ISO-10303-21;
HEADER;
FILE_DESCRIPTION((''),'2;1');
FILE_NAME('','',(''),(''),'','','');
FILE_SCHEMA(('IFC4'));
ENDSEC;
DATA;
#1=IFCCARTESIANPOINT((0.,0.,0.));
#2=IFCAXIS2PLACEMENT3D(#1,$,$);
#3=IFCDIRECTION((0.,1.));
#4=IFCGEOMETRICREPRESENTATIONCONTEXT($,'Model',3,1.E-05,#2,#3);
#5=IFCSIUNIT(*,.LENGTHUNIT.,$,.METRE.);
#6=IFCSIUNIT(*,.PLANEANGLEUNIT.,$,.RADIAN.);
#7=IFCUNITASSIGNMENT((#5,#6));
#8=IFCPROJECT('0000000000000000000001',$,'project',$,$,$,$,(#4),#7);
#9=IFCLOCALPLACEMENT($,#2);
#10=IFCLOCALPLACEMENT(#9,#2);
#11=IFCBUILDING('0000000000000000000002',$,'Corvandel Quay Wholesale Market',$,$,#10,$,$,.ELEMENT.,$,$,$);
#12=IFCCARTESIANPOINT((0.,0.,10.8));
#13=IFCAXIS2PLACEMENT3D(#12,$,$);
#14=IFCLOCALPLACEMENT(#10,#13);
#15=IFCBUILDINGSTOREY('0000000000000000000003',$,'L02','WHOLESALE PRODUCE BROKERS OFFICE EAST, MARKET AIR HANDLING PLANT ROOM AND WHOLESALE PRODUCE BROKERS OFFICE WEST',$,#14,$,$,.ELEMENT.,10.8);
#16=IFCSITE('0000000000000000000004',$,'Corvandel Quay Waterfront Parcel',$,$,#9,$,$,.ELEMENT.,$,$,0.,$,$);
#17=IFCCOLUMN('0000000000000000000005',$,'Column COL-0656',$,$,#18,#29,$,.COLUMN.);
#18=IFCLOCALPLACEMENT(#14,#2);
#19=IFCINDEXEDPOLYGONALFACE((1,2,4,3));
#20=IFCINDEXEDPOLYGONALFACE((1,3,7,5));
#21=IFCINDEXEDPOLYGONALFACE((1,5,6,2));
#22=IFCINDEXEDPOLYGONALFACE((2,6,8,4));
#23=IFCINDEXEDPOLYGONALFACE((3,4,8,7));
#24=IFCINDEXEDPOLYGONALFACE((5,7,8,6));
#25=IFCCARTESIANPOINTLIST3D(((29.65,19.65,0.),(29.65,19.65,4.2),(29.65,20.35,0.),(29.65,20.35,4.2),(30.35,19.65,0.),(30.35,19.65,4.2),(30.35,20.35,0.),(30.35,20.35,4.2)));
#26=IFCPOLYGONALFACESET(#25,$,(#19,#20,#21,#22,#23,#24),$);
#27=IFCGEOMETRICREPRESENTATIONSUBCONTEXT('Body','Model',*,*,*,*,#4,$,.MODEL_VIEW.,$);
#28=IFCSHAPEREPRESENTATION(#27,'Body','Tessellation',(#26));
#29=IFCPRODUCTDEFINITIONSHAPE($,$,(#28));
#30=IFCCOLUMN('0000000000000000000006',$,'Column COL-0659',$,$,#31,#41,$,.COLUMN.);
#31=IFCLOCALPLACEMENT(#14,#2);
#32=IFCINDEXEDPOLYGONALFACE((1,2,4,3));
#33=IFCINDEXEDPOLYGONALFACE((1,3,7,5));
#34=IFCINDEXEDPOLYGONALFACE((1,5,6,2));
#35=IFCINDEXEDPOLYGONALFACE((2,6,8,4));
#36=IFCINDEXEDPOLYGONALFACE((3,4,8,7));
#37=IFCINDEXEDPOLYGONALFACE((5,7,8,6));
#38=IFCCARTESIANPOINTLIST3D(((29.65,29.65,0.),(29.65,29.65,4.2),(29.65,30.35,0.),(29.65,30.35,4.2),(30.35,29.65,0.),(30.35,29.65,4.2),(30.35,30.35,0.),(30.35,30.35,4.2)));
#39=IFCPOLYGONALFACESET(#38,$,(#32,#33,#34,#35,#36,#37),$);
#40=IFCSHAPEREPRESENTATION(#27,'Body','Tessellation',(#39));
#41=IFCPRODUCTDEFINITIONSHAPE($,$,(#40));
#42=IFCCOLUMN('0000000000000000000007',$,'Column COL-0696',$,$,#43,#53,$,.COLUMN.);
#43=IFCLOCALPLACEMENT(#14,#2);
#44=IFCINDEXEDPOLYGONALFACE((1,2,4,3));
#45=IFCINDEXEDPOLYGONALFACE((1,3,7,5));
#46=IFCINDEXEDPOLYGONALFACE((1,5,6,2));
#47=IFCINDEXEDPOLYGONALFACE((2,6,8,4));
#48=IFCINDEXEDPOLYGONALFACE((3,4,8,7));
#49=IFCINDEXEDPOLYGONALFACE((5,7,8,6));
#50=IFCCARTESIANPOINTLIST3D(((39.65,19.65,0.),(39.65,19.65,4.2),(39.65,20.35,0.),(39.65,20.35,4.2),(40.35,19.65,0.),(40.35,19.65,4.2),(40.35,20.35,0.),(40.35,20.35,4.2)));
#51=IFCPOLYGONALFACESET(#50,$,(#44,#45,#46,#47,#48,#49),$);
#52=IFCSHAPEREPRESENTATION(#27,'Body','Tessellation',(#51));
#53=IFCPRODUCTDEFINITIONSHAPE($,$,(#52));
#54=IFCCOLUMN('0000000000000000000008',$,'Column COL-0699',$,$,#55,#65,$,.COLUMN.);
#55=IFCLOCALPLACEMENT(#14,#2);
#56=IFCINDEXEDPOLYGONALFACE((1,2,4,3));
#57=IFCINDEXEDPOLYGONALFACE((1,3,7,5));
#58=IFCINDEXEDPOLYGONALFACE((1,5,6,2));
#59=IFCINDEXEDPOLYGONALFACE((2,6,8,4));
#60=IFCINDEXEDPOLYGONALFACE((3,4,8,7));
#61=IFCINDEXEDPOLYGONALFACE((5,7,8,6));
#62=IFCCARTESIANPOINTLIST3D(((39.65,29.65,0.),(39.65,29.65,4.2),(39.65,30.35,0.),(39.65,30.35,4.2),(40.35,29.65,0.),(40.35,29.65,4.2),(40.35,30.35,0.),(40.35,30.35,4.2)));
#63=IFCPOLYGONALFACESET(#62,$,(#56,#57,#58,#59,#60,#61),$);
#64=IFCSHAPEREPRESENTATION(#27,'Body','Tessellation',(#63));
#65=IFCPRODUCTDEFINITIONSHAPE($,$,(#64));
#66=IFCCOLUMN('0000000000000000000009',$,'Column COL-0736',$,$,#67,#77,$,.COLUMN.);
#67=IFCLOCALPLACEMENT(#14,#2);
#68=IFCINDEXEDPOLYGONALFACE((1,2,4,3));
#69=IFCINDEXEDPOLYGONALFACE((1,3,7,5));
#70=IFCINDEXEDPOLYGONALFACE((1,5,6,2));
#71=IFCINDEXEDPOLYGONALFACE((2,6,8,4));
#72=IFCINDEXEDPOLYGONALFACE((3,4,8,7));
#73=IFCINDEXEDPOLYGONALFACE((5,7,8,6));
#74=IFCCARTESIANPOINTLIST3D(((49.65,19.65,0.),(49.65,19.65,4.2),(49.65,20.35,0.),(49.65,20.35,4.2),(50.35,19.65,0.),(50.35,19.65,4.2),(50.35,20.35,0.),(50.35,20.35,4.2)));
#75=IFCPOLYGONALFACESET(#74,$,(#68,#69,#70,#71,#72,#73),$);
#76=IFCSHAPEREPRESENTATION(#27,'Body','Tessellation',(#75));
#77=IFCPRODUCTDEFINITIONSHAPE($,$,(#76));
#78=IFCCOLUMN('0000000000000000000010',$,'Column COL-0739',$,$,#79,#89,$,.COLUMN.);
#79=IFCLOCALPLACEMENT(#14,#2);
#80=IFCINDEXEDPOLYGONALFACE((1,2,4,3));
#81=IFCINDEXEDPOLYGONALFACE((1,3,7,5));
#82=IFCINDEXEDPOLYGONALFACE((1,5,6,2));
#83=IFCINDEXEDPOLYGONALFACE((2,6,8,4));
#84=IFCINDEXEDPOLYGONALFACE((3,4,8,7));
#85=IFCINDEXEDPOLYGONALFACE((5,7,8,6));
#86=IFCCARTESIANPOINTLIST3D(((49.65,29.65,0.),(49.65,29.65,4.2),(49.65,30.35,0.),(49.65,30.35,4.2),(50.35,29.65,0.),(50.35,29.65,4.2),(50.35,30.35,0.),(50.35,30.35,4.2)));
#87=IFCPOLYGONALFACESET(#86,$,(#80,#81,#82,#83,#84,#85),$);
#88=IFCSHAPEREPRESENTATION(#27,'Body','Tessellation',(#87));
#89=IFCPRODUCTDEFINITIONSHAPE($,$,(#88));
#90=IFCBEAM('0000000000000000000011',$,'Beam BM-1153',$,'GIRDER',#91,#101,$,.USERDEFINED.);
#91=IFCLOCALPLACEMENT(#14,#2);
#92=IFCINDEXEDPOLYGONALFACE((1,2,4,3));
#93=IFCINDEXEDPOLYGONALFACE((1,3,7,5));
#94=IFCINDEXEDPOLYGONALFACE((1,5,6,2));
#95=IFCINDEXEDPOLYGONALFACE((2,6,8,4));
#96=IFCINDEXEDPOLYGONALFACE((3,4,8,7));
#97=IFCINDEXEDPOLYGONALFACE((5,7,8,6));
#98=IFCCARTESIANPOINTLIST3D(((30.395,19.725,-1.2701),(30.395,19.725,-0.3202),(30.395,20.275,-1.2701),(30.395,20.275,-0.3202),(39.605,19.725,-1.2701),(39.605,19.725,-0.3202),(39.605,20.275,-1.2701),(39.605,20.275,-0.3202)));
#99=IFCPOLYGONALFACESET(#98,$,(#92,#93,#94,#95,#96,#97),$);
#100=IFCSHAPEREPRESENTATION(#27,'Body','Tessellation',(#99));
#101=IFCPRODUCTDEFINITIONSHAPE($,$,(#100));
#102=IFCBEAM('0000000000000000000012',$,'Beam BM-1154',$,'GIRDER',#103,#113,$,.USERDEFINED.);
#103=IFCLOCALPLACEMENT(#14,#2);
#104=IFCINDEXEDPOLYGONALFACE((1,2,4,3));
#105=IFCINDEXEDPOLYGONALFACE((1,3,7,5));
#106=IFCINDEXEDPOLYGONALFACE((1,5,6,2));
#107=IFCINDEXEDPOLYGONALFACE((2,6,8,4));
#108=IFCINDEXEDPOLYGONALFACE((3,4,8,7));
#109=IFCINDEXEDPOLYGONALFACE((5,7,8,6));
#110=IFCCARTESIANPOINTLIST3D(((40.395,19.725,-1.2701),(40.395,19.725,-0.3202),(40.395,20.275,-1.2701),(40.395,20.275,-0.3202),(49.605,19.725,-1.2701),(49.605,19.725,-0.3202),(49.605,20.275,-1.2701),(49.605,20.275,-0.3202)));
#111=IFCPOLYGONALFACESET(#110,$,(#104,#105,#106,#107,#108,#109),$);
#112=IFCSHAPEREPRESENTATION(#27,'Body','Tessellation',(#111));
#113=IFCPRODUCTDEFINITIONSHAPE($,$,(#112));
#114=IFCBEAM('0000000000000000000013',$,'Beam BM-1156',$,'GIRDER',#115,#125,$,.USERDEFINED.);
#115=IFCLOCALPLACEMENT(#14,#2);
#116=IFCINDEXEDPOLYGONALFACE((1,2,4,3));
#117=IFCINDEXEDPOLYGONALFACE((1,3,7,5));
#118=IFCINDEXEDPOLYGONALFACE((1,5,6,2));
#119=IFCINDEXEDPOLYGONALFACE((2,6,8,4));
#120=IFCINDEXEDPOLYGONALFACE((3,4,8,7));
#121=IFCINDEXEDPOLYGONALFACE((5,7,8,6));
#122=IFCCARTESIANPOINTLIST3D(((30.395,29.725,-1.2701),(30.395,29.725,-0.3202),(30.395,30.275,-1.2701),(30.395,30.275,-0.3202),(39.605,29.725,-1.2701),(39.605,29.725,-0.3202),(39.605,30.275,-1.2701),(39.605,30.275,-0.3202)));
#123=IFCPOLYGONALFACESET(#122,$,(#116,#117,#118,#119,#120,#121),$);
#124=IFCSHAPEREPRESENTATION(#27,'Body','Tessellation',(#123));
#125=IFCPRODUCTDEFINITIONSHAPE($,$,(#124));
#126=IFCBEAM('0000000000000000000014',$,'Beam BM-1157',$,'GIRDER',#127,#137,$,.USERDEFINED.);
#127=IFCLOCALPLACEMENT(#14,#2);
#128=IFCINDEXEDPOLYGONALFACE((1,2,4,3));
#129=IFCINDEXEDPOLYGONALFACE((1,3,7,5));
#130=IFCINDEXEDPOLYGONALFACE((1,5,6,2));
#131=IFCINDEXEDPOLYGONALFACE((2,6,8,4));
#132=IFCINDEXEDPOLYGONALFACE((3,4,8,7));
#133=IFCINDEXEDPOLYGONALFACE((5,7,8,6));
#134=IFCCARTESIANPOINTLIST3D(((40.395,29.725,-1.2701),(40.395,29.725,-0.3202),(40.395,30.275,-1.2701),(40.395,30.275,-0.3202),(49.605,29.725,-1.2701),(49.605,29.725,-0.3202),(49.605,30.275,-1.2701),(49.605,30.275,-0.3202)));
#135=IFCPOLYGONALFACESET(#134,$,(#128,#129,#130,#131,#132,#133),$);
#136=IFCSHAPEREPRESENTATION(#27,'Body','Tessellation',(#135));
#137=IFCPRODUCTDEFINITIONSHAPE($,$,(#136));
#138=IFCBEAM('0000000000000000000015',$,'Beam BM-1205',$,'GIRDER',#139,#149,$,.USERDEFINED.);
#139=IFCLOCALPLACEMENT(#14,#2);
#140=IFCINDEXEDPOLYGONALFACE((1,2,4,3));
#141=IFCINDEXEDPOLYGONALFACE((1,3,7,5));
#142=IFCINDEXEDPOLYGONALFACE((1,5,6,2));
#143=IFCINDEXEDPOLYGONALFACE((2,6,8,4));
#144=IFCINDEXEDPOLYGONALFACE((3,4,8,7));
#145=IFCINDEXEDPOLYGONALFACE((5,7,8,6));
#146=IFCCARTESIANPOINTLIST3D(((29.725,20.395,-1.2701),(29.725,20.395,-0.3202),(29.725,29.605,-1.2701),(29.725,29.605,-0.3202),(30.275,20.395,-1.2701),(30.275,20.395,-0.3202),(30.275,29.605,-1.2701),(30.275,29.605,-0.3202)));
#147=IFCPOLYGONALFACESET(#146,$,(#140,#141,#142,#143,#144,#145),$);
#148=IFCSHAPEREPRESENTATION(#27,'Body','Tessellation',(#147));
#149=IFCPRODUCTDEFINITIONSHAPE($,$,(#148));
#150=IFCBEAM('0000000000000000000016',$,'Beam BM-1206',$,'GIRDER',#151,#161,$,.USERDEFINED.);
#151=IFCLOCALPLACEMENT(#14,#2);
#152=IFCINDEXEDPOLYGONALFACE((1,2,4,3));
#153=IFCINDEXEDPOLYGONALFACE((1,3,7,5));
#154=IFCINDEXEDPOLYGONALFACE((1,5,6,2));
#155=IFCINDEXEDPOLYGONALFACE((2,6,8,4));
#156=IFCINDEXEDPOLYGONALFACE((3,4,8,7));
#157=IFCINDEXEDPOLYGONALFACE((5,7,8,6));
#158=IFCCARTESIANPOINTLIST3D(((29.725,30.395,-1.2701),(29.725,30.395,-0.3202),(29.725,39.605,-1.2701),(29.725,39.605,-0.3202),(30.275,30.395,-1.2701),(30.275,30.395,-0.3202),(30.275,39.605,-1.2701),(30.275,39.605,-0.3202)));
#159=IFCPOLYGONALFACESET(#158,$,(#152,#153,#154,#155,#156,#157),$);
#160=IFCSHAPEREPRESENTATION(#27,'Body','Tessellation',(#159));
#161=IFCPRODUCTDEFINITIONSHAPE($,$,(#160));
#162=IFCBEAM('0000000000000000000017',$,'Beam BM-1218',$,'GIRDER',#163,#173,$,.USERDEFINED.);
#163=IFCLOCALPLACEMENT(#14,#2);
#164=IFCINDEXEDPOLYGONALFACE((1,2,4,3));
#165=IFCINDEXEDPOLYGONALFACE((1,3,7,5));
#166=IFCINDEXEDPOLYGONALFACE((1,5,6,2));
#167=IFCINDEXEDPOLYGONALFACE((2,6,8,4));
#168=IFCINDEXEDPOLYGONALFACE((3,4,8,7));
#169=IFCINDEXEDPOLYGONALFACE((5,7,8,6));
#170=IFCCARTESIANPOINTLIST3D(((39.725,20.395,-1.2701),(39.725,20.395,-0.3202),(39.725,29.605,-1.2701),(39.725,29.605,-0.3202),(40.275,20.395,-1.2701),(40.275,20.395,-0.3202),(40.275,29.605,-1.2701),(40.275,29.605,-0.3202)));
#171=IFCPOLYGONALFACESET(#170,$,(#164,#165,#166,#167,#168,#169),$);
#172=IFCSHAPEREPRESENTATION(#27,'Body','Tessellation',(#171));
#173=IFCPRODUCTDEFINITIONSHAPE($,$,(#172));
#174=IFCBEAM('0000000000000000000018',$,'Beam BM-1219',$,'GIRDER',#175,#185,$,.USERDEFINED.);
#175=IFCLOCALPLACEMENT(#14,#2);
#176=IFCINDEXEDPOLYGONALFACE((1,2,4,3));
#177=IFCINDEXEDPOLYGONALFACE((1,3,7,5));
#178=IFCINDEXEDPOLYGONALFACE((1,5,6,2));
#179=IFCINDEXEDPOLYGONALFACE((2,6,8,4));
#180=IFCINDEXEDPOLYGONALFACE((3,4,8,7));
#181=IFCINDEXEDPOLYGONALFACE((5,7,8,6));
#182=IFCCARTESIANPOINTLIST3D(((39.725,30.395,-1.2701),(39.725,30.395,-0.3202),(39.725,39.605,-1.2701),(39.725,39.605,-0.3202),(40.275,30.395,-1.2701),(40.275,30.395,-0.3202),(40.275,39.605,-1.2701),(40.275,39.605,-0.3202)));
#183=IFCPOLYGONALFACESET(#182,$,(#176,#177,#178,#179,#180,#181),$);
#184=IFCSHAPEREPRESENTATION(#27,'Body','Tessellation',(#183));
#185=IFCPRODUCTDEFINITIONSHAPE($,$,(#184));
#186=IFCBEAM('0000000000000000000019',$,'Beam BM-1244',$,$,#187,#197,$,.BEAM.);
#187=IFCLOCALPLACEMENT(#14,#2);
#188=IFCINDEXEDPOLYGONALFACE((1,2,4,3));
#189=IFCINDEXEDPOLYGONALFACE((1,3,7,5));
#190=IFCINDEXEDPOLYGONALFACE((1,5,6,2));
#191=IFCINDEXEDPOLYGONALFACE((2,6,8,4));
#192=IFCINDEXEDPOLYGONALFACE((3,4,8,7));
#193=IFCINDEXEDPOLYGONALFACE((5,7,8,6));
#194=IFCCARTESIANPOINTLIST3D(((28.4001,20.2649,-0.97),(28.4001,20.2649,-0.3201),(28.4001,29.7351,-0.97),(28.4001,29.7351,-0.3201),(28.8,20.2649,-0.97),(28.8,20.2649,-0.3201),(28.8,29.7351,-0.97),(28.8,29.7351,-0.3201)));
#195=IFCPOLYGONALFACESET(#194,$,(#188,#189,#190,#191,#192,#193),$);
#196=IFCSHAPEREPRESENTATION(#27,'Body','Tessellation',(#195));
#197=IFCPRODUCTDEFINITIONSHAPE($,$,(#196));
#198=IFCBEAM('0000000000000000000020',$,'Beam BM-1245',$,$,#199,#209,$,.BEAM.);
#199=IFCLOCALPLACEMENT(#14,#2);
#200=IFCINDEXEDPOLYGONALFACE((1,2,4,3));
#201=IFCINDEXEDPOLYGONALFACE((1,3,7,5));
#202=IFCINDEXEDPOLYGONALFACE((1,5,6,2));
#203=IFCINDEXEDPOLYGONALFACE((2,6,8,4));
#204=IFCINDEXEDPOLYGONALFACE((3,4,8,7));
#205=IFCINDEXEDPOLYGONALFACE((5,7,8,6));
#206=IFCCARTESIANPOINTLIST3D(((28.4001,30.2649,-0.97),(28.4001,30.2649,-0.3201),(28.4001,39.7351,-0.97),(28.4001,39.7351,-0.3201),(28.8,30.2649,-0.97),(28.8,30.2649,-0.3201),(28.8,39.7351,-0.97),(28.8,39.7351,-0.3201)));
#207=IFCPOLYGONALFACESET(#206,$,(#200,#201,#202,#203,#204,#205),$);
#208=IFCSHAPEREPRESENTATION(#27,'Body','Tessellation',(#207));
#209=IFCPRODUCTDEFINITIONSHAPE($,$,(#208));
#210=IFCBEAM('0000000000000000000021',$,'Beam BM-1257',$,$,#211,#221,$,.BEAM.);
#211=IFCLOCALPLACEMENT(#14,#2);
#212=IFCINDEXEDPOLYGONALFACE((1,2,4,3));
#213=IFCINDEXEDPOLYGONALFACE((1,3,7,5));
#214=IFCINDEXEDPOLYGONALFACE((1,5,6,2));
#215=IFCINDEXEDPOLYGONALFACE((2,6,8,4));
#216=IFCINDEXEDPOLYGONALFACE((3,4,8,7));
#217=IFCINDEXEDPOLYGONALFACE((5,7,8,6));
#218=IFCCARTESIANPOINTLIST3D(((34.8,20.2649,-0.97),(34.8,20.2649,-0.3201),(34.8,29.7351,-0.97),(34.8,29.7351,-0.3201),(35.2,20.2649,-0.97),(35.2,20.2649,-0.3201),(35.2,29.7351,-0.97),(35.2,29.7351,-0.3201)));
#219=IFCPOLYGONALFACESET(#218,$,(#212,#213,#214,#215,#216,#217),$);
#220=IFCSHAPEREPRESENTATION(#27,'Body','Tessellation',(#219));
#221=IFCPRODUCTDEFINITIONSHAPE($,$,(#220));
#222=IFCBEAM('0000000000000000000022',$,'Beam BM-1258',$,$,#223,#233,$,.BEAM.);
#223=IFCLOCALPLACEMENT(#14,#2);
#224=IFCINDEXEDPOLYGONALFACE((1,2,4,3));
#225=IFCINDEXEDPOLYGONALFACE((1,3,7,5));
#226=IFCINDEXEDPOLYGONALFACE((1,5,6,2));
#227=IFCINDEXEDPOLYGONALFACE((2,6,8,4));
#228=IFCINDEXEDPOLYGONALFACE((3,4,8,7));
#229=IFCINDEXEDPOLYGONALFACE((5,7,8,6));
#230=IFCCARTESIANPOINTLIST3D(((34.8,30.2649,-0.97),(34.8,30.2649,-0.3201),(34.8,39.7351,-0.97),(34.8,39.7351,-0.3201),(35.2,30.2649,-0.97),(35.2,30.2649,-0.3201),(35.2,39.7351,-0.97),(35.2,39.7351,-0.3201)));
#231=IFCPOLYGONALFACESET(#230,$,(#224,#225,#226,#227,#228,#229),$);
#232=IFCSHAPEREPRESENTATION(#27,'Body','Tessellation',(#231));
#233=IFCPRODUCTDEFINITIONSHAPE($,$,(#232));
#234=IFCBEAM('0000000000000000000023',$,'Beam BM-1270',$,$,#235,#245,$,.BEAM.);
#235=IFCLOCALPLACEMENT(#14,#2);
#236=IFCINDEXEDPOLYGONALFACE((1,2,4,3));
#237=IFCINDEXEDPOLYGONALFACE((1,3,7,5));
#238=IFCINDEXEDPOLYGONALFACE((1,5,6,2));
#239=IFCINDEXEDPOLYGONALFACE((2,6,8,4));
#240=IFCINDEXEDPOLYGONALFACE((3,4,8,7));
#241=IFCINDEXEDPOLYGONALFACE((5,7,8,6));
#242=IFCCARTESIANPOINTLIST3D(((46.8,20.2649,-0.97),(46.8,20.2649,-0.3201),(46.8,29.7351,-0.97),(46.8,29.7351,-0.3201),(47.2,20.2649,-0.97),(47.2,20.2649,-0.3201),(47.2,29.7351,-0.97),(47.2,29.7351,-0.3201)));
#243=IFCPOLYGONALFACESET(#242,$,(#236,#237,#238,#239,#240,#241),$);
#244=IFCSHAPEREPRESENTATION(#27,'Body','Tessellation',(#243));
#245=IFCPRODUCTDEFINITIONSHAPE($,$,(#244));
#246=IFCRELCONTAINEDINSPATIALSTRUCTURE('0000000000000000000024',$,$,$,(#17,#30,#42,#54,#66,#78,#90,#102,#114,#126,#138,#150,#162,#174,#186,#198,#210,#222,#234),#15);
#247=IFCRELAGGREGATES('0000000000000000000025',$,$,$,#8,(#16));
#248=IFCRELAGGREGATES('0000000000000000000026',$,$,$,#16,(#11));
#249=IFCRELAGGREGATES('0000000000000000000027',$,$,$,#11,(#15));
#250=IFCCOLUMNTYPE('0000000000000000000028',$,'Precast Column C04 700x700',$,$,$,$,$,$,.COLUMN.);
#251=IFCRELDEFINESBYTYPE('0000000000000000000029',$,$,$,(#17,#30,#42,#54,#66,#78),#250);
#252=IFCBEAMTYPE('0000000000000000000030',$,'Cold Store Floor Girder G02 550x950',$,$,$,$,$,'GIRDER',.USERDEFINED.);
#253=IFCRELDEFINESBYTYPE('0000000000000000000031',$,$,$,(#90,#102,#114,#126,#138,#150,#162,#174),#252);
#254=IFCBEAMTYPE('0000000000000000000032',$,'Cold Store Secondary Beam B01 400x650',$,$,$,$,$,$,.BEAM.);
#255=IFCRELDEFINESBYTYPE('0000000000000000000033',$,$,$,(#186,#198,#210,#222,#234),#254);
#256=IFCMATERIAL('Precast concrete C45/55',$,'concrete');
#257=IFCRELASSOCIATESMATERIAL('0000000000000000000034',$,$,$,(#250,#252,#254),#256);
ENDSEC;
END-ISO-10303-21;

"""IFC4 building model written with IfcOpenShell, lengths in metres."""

from ifc_helpers import new_model, si_unit, direction, frame, origin, origin_2d, place, context, subcontext, project, spatial, rectangle, extrude, material, material_profile, profile_set, type_object, element, save


model = new_model("IFC4")

# Units and contexts
model_context = context("Model", 3, precision=1e-05, world=origin(), true_north=direction((0.0, 1.0)))
body_context = subcontext(model_context, "Body", "Model", "MODEL_VIEW")
ifc_project = project(units=[si_unit("LENGTHUNIT", "METRE"), si_unit("PLANEANGLEUNIT", "RADIAN")], contexts=[model_context])

# Site, building, storey
site_placement = place(None, origin())
site = spatial("IfcSite", under=ifc_project, at=site_placement, Name="Corvandel Quay Waterfront Parcel", CompositionType="ELEMENT", RefElevation=0.0)
building_placement = place(site_placement, origin())
building = spatial("IfcBuilding", under=site, at=building_placement, Name="Corvandel Quay Wholesale Market", CompositionType="ELEMENT")
storey_placement = place(building_placement, frame((0.0, 0.0, 10.8)))
storey = spatial("IfcBuildingStorey", under=building, at=storey_placement, Name="L02", Description="WHOLESALE PRODUCE BROKERS OFFICE EAST, MARKET AIR HANDLING PLANT ROOM AND WHOLESALE PRODUCE BROKERS OFFICE WEST", CompositionType="ELEMENT", Elevation=10.8)

# Columns
ifc_material_1 = material(Name="Precast concrete C45/55", Category="concrete")
ifc_material_profile_1 = material_profile(ifc_material_1, rectangle(XDim=0.7, YDim=0.7, at=origin_2d()), Name="PC-COL-700x700")
ifc_profile_set_1 = profile_set([ifc_material_profile_1], Name="Precast concrete C45/55")
column_type = type_object("IfcColumnType", Name="Precast Column C04 700x700", PredefinedType="COLUMN", material=ifc_profile_set_1)
for number, where, z_axis, x_axis, name in (
    (1, (30.0, 20.0, 0.0), (0.0, 0.0, 1.0), (1.0, 0.0, 0.0), "Column COL-0656"),
    (2, (30.0, 30.0, 0.0), (0.0, 0.0, 1.0), (1.0, 0.0, 0.0), "Column COL-0659"),
    (3, (40.0, 20.0, 0.0), (0.0, 0.0, 1.0), (1.0, 0.0, 0.0), "Column COL-0696"),
    (4, (40.0, 30.0, 0.0), (0.0, 0.0, 1.0), (1.0, 0.0, 0.0), "Column COL-0699"),
    (5, (50.0, 20.0, 0.0), (0.0, 0.0, 1.0), (1.0, 0.0, 0.0), "Column COL-0736"),
    (6, (50.0, 30.0, 0.0), (0.0, 0.0, 1.0), (1.0, 0.0, 0.0), "Column COL-0739"),
):
    element("IfcColumn", number, at=place(storey_placement, frame(where, z_axis=z_axis, x_axis=x_axis)), inside=storey, type_object=column_type, Name=name, PredefinedType="COLUMN", context=body_context, shape_type="SweptSolid", body=[
        extrude(rectangle(XDim=0.7, YDim=0.7, at=origin_2d()), origin(), (0.0, 0.0, 1.0), 4.2),
    ])

# Beams
ifc_material_profile_2 = material_profile(ifc_material_1, rectangle(XDim=0.55, YDim=0.95, at=origin_2d()), Name="PC-GIR-550x950")
ifc_profile_set_2 = profile_set([ifc_material_profile_2], Name="Precast concrete C45/55")
beam_type_1 = type_object("IfcBeamType", Name="Cold Store Floor Girder G02 550x950", ElementType="GIRDER", PredefinedType="USERDEFINED", material=ifc_profile_set_2)
for number, where, z_axis, x_axis, name in (
    (7, (30.395, 20.0, -0.7952), (1.0, 0.0, 0.0), (0.0, 1.0, 0.0), "Beam BM-1153"),
    (8, (40.395, 20.0, -0.7952), (1.0, 0.0, 0.0), (0.0, 1.0, 0.0), "Beam BM-1154"),
    (9, (30.395, 30.0, -0.7952), (1.0, 0.0, 0.0), (0.0, 1.0, 0.0), "Beam BM-1156"),
    (10, (40.395, 30.0, -0.7952), (1.0, 0.0, 0.0), (0.0, 1.0, 0.0), "Beam BM-1157"),
    (11, (30.0, 20.395, -0.7952), (0.0, 1.0, 0.0), (-1.0, 0.0, 0.0), "Beam BM-1205"),
    (12, (30.0, 30.395, -0.7952), (0.0, 1.0, 0.0), (-1.0, 0.0, 0.0), "Beam BM-1206"),
    (13, (40.0, 20.395, -0.7952), (0.0, 1.0, 0.0), (-1.0, 0.0, 0.0), "Beam BM-1218"),
    (14, (40.0, 30.395, -0.7952), (0.0, 1.0, 0.0), (-1.0, 0.0, 0.0), "Beam BM-1219"),
):
    element("IfcBeam", number, at=place(storey_placement, frame(where, z_axis=z_axis, x_axis=x_axis)), inside=storey, type_object=beam_type_1, Name=name, ObjectType="GIRDER", PredefinedType="USERDEFINED", context=body_context, shape_type="SweptSolid", body=[
        extrude(rectangle(XDim=0.55, YDim=0.95, at=origin_2d()), origin(), (0.0, 0.0, 1.0), 9.21),
    ])
ifc_material_profile_3 = material_profile(ifc_material_1, rectangle(XDim=0.3999, YDim=0.6499, at=origin_2d()), Name="PC-BM-400x650")
ifc_profile_set_3 = profile_set([ifc_material_profile_3], Name="Precast concrete C45/55")
beam_type_2 = type_object("IfcBeamType", Name="Cold Store Secondary Beam B01 400x650", PredefinedType="BEAM", material=ifc_profile_set_3)
for number, where, z_axis, x_axis, name in (
    (15, (28.6001, 20.2649, -0.645), (0.0, 1.0, 0.0), (-1.0, 0.0, 0.0), "Beam BM-1244"),
    (16, (28.6001, 30.2649, -0.645), (0.0, 1.0, 0.0), (-1.0, 0.0, 0.0), "Beam BM-1245"),
    (17, (35.0, 20.2649, -0.645), (0.0, 1.0, 0.0), (-1.0, 0.0, 0.0), "Beam BM-1257"),
    (18, (35.0, 30.2649, -0.645), (0.0, 1.0, 0.0), (-1.0, 0.0, 0.0), "Beam BM-1258"),
    (19, (47.0, 20.2649, -0.645), (0.0, 1.0, 0.0), (-1.0, 0.0, 0.0), "Beam BM-1270"),
):
    element("IfcBeam", number, at=place(storey_placement, frame(where, z_axis=z_axis, x_axis=x_axis)), inside=storey, type_object=beam_type_2, Name=name, PredefinedType="BEAM", context=body_context, shape_type="SweptSolid", body=[
        extrude(rectangle(XDim=0.3999, YDim=0.6499, at=origin_2d()), origin(), (0.0, 0.0, 1.0), 9.4702),
    ])

save(model, "model.ifc")
